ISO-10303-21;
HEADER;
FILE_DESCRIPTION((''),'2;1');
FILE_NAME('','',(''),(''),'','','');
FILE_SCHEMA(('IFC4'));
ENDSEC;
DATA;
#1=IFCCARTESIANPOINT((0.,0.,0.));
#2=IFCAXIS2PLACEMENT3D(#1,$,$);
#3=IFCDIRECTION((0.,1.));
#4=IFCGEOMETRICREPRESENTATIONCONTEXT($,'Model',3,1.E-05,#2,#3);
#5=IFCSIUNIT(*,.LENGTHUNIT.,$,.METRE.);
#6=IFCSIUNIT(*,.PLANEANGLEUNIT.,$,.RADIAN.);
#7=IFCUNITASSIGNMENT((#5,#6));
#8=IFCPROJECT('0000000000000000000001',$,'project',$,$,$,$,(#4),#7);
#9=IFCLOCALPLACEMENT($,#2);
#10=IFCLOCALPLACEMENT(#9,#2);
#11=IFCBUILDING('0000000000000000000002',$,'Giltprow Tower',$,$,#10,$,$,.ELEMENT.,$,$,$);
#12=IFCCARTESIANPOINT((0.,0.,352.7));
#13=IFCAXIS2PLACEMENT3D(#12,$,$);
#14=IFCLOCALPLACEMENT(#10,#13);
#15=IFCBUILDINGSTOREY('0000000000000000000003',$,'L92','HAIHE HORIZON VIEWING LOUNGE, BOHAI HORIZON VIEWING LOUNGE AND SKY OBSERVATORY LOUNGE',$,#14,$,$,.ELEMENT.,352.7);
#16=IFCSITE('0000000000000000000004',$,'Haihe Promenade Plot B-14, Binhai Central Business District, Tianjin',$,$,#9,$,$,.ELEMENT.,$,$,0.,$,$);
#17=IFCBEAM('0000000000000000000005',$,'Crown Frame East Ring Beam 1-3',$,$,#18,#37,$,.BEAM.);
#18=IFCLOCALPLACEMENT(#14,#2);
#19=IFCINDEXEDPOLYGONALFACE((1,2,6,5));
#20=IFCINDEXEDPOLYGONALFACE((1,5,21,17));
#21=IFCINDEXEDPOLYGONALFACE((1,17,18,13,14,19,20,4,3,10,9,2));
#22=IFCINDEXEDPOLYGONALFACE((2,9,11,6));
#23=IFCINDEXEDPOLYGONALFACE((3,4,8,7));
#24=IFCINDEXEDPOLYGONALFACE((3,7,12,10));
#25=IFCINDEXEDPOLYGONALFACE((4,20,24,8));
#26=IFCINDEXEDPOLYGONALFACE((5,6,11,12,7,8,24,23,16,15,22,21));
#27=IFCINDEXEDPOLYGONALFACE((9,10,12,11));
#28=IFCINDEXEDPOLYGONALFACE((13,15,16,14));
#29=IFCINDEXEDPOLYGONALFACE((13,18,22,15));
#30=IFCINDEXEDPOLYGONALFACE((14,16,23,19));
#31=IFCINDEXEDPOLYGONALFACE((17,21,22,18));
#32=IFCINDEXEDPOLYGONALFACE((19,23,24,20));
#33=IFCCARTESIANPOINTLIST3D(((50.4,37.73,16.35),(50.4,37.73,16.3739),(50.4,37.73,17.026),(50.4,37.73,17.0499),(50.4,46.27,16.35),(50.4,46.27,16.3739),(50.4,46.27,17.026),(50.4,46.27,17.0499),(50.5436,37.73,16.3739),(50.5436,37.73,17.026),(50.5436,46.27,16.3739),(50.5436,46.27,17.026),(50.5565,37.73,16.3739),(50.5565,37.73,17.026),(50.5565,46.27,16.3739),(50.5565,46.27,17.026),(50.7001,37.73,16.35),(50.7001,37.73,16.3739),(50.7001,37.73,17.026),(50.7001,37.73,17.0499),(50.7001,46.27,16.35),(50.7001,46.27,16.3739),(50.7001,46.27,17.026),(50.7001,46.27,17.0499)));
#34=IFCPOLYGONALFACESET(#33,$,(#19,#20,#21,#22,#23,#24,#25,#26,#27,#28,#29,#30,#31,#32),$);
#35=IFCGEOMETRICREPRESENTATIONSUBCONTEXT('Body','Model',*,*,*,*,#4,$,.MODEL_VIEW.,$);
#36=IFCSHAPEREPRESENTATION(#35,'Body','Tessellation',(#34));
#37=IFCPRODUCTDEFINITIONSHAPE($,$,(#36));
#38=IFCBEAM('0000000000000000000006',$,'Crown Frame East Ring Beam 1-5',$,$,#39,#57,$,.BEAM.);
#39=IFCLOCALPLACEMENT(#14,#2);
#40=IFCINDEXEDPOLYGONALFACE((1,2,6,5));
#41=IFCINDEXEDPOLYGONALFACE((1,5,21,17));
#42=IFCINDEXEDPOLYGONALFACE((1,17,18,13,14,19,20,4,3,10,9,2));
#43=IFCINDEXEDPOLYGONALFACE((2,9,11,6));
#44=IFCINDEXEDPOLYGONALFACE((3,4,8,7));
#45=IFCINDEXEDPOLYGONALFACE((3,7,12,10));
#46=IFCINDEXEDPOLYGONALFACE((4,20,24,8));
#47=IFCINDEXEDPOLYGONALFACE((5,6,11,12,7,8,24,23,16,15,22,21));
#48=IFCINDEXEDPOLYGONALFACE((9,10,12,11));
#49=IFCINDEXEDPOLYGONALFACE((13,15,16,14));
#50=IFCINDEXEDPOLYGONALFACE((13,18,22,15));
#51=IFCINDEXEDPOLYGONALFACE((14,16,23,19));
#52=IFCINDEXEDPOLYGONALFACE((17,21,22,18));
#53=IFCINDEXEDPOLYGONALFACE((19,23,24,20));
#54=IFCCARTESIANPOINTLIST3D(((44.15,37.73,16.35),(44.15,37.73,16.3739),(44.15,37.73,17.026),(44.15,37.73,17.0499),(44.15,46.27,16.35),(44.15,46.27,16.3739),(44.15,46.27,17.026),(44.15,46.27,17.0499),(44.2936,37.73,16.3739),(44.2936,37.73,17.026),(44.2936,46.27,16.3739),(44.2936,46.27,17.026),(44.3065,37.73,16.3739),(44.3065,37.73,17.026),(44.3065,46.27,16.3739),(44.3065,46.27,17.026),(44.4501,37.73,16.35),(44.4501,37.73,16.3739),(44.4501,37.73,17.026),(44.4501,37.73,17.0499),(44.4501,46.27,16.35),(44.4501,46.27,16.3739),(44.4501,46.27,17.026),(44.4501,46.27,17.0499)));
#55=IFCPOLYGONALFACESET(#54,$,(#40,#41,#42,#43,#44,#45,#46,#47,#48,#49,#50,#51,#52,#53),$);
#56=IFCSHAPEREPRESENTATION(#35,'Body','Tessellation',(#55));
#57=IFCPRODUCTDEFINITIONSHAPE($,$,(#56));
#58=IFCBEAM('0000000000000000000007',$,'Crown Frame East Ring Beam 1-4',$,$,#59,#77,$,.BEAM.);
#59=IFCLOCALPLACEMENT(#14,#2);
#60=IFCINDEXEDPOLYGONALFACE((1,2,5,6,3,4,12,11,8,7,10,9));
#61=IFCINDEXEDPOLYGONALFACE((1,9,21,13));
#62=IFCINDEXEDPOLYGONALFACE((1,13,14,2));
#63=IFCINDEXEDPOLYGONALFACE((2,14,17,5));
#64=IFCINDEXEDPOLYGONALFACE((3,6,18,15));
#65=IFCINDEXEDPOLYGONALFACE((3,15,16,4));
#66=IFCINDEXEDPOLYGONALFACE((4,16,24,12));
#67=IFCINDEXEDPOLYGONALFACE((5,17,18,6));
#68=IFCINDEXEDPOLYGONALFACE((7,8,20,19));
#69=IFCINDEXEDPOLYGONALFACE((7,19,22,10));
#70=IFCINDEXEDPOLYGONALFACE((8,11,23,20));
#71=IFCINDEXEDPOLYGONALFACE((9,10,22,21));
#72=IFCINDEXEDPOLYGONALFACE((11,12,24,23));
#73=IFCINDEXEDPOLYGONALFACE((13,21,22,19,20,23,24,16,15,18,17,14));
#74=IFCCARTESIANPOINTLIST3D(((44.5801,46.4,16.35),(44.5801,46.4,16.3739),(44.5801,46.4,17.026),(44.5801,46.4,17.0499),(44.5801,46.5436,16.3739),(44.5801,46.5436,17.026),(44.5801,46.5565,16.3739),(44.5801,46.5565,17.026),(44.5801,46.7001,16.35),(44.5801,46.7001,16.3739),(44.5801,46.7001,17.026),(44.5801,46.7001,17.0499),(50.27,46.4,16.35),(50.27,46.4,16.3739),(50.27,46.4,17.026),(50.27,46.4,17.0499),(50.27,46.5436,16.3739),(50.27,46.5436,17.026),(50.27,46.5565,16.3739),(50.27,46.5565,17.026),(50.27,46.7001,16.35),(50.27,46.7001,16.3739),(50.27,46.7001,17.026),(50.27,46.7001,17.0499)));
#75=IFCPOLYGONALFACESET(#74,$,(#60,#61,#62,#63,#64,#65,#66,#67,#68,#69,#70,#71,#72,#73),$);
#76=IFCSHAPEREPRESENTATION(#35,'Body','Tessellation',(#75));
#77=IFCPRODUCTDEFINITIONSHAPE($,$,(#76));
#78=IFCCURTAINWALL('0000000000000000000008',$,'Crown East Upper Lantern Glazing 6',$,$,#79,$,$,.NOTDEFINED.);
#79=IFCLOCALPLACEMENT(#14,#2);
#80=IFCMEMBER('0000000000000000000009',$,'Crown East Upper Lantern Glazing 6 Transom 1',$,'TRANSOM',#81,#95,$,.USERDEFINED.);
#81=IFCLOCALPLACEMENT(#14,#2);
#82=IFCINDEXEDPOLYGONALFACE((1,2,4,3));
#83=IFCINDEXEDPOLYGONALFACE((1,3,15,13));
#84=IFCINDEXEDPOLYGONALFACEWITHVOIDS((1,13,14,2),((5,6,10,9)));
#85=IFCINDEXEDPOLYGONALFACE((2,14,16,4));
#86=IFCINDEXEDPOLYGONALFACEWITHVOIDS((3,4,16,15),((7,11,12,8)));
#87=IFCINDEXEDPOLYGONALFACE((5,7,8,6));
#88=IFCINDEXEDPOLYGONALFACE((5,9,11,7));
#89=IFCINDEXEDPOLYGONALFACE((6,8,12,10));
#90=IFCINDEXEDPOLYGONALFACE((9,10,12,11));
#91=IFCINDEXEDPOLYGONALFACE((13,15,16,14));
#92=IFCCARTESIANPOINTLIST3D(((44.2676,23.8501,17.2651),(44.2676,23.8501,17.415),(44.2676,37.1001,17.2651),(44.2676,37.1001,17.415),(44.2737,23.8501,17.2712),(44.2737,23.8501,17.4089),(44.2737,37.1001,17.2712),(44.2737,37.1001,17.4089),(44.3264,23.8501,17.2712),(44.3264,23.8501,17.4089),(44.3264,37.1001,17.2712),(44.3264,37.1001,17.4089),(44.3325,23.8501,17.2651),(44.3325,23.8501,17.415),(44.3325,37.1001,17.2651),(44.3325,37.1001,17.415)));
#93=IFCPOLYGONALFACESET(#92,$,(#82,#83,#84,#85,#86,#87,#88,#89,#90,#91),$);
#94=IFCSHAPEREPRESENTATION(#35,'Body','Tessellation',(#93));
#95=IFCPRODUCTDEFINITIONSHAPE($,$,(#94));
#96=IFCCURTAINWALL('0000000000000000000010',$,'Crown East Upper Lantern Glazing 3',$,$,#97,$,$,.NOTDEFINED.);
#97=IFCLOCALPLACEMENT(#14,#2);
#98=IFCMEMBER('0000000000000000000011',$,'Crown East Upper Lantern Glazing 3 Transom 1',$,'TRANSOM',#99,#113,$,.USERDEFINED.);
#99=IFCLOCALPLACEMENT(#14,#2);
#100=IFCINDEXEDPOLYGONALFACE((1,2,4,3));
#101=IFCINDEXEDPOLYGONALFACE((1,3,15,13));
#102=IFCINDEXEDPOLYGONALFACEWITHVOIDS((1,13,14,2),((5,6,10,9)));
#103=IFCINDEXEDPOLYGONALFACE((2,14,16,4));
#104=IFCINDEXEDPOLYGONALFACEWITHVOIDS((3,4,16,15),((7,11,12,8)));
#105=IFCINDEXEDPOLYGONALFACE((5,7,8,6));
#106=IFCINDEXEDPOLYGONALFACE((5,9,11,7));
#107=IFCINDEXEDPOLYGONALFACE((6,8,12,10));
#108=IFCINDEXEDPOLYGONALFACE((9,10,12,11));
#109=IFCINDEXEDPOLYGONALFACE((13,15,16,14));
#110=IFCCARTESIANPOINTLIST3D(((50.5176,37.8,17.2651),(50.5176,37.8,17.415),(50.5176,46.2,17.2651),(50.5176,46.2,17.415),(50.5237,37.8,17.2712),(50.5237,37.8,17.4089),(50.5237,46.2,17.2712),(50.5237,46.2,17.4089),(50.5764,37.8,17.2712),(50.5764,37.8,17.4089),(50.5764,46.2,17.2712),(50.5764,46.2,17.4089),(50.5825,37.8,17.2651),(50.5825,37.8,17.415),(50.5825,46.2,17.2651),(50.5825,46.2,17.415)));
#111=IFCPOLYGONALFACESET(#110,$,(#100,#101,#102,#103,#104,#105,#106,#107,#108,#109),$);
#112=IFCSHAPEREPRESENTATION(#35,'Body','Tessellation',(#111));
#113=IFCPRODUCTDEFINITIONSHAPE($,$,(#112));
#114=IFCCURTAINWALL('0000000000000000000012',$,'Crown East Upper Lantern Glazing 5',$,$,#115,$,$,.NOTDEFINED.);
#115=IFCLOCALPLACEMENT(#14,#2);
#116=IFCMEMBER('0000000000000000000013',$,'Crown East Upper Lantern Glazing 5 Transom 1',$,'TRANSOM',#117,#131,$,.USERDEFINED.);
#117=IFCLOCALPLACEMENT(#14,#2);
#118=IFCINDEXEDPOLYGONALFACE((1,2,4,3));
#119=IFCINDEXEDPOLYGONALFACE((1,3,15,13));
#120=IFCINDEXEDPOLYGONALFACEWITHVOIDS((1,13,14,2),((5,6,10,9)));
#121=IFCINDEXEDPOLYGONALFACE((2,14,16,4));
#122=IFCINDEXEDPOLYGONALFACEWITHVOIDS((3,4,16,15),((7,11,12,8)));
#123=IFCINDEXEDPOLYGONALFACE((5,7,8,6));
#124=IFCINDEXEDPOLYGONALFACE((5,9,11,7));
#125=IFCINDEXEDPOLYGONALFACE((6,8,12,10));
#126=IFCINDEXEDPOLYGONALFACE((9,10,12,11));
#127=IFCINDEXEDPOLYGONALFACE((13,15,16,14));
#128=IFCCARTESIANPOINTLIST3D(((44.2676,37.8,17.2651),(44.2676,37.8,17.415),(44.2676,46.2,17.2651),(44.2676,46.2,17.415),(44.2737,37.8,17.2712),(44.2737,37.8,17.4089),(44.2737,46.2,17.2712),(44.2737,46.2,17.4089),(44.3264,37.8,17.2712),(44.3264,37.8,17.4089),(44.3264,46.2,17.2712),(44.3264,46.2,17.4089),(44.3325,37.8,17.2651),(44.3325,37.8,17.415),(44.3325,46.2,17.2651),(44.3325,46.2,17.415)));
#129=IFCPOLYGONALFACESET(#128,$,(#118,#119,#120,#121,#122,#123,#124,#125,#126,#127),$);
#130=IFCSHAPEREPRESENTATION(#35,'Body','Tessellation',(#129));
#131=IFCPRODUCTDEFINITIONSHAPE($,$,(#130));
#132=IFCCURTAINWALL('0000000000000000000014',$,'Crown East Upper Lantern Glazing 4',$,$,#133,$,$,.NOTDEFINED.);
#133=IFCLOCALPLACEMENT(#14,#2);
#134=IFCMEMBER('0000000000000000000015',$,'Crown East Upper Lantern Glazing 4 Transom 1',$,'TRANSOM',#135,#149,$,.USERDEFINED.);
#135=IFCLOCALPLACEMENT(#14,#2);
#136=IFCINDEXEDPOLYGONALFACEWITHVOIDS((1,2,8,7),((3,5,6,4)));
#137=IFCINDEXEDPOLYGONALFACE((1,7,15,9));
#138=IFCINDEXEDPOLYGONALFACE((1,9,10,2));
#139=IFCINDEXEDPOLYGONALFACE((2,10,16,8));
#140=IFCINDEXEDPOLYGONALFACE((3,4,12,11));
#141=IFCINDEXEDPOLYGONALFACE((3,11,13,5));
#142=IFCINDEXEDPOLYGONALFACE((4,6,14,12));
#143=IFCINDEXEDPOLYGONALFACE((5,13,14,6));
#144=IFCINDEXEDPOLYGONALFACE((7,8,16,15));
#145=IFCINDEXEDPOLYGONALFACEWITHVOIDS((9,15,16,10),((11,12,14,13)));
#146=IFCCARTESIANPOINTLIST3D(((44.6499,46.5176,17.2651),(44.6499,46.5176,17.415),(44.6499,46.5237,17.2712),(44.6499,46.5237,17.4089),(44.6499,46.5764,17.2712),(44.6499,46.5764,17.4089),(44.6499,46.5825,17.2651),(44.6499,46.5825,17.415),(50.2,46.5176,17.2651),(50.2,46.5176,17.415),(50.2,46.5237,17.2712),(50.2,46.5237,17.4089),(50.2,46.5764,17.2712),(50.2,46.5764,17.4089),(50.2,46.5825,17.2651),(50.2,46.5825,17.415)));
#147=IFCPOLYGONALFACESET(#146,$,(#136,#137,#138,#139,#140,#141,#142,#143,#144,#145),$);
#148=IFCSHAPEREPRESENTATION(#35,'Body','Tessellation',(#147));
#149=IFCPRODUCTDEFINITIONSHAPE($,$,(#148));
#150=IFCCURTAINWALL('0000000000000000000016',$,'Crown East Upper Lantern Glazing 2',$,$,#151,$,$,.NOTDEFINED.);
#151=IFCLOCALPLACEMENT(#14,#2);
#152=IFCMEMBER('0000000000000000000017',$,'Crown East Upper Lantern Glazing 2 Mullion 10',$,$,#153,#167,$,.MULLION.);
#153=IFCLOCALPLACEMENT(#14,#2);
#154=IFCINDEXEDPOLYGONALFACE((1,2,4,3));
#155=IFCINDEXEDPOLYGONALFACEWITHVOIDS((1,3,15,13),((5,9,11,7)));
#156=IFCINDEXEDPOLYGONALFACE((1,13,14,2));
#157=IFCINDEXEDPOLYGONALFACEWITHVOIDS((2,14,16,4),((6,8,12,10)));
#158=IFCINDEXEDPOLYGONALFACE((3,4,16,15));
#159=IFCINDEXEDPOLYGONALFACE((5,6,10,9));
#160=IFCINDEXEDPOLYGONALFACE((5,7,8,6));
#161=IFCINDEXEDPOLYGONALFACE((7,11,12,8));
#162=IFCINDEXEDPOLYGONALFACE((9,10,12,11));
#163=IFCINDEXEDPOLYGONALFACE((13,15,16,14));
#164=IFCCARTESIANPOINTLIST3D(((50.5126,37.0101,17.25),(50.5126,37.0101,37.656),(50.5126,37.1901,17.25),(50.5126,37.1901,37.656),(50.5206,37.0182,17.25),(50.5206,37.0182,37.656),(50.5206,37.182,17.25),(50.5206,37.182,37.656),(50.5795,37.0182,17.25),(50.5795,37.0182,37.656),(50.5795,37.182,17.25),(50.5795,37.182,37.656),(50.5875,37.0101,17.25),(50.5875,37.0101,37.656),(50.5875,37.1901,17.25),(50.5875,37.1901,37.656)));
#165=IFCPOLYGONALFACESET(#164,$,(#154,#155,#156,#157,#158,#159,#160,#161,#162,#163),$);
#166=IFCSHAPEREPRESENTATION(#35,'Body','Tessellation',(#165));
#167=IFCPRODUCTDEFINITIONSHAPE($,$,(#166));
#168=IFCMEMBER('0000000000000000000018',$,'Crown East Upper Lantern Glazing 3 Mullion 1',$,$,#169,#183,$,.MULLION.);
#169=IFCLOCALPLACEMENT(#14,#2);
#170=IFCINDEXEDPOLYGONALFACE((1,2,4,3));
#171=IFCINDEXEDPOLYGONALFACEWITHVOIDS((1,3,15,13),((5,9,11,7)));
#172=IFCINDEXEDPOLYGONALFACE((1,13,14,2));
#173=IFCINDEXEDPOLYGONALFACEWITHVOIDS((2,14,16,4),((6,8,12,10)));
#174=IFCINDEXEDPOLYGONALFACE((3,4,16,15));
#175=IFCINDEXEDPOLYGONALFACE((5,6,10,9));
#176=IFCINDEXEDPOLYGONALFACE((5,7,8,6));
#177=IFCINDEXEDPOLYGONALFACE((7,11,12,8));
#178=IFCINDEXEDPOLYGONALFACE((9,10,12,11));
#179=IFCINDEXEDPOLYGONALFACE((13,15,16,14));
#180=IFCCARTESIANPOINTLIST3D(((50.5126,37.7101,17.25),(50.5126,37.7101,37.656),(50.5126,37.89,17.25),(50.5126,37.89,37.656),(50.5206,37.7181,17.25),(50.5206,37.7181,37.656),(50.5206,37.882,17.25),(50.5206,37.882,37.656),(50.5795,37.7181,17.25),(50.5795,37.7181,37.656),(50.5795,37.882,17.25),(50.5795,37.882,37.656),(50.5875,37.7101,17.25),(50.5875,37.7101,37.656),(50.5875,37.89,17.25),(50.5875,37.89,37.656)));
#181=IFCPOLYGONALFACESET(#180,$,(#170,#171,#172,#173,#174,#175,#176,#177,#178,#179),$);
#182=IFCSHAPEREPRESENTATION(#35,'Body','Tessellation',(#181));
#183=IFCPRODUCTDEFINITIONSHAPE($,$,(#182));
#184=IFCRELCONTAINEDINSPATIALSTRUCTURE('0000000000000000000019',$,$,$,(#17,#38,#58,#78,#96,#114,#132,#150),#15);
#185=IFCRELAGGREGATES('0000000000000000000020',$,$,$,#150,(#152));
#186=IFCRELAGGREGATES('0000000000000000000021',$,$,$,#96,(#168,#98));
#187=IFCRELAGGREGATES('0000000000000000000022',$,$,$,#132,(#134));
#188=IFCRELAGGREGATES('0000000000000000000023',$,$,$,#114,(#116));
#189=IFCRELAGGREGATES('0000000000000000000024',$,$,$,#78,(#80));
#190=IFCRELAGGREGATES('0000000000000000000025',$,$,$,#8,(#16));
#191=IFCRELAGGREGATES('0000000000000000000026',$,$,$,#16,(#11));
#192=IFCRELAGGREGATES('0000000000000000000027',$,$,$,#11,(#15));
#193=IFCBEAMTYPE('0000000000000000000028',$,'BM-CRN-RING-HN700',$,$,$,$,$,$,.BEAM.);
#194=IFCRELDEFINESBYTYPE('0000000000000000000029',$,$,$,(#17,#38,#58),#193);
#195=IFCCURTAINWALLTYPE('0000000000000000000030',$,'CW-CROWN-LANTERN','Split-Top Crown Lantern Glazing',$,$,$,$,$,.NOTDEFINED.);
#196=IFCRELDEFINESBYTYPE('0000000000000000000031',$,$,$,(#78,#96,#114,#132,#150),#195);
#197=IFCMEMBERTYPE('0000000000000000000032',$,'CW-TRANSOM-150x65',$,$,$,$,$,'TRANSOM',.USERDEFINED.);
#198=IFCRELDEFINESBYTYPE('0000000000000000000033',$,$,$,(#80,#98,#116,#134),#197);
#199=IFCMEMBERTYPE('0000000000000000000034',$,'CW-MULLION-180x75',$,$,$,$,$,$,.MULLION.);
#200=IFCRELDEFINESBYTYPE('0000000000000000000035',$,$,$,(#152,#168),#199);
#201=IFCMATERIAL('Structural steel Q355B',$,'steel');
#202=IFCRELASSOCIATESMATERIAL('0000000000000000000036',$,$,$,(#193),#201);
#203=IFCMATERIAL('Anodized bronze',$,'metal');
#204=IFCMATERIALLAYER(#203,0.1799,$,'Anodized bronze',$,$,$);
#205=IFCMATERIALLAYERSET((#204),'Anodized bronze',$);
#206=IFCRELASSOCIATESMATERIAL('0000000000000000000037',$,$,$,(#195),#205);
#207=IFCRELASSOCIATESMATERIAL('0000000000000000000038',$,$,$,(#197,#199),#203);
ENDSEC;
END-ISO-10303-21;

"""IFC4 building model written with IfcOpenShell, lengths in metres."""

from ifc_helpers import new_model, si_unit, direction, frame, origin, origin_2d, place, context, subcontext, project, spatial, hollow_rectangle, i_section, extrude, source, transform, mapped, material, layer, layer_set, material_profile, profile_set, type_object, element, aggregate, save


model = new_model("IFC4")

# Units and contexts
model_context = context("Model", 3, precision=1e-05, world=origin(), true_north=direction((0.0, 1.0)))
body_context = subcontext(model_context, "Body", "Model", "MODEL_VIEW")
ifc_project = project(units=[si_unit("LENGTHUNIT", "METRE"), si_unit("PLANEANGLEUNIT", "RADIAN")], contexts=[model_context])

# Site, building, storey
site_placement = place(None, origin())
site = spatial("IfcSite", under=ifc_project, at=site_placement, Name="Haihe Promenade Plot B-14, Binhai Central Business District, Tianjin", CompositionType="ELEMENT", RefElevation=0.0)
building_placement = place(site_placement, origin())
building = spatial("IfcBuilding", under=site, at=building_placement, Name="Giltprow Tower", CompositionType="ELEMENT")
storey_placement = place(building_placement, frame((0.0, 0.0, 352.7)))
storey = spatial("IfcBuildingStorey", under=building, at=storey_placement, Name="L92", Description="HAIHE HORIZON VIEWING LOUNGE, BOHAI HORIZON VIEWING LOUNGE AND SKY OBSERVATORY LOUNGE", CompositionType="ELEMENT", Elevation=352.7)

# Beams
ifc_material_1 = material(Name="Structural steel Q355B", Category="steel")
ifc_material_profile_1 = material_profile(ifc_material_1, i_section(OverallWidth=0.3, OverallDepth=0.7, WebThickness=0.0129, FlangeThickness=0.0239, at=origin_2d()), Name="HN 700x300x13x24")
ifc_profile_set_1 = profile_set([ifc_material_profile_1], Name="Structural steel Q355B")
beam_type = type_object("IfcBeamType", Name="BM-CRN-RING-HN700", PredefinedType="BEAM", material=ifc_profile_set_1)
shared_shape_1 = source(origin(), body_context, "Body", "SweptSolid", [
    extrude(i_section(OverallWidth=0.3, OverallDepth=0.7, WebThickness=0.0129, FlangeThickness=0.0239, at=origin_2d()), origin(), (0.0, 0.0, 1.0), 8.54),
])
for number, where, z_axis, x_axis, name in (
    (1, (50.55, 37.73, 16.7), (0.0, 1.0, 0.0), (-1.0, 0.0, 0.0), "Crown Frame East Ring Beam 1-3"),
    (2, (44.3, 46.27, 16.7), (0.0, -1.0, 0.0), (1.0, 0.0, 0.0), "Crown Frame East Ring Beam 1-5"),
):
    element("IfcBeam", number, at=place(storey_placement, frame(where, z_axis=z_axis, x_axis=x_axis)), inside=storey, type_object=beam_type, Name=name, PredefinedType="BEAM", context=body_context, shape_type="MappedRepresentation", body=[
        mapped(shared_shape_1, transform((0.0, 0.0, 0.0), x_axis=(1.0, 0.0, 0.0), y_axis=(0.0, 1.0, 0.0), z_axis=(0.0, 0.0, 1.0), scale=1.0)),
    ])
shared_shape_2 = source(origin(), body_context, "Body", "SweptSolid", [
    extrude(i_section(OverallWidth=0.3, OverallDepth=0.7, WebThickness=0.0129, FlangeThickness=0.0239, at=origin_2d()), origin(), (0.0, 0.0, 1.0), 5.6899),
])
beam_placement = place(storey_placement, frame((50.27, 46.55, 16.7), z_axis=(-1.0, 0.0, 0.0), x_axis=(0.0, -1.0, 0.0)))
element("IfcBeam", 3, at=beam_placement, inside=storey, type_object=beam_type, Name="Crown Frame East Ring Beam 1-4", PredefinedType="BEAM", context=body_context, shape_type="MappedRepresentation", body=[
    mapped(shared_shape_2, transform((0.0, 0.0, 0.0), x_axis=(1.0, 0.0, 0.0), y_axis=(0.0, 1.0, 0.0), z_axis=(0.0, 0.0, 1.0), scale=1.0)),
])

# Curtain walls, members
ifc_material_2 = material(Name="Anodized bronze", Category="metal")
ifc_layer = layer(ifc_material_2, 0.1799, Name="Anodized bronze")
ifc_layer_set = layer_set([ifc_layer], Name="Anodized bronze")
curtain_wall_type = type_object("IfcCurtainWallType", Name="CW-CROWN-LANTERN", Description="Split-Top Crown Lantern Glazing", PredefinedType="NOTDEFINED", material=ifc_layer_set)
curtain_wall_1_placement = place(storey_placement, origin())
curtain_wall_1 = element("IfcCurtainWall", 4, at=curtain_wall_1_placement, inside=storey, type_object=curtain_wall_type, Name="Crown East Upper Lantern Glazing 6", PredefinedType="NOTDEFINED")
ifc_material_profile_2 = material_profile(ifc_material_2, hollow_rectangle(XDim=0.0649, YDim=0.1499, WallThickness=0.0061, at=origin_2d()), Name="RHS 150x65x6")
ifc_profile_set_2 = profile_set([ifc_material_profile_2], Name="Anodized bronze")
member_type_1 = type_object("IfcMemberType", Name="CW-TRANSOM-150x65", ElementType="TRANSOM", PredefinedType="USERDEFINED", material=ifc_profile_set_2)
shared_shape_3 = source(origin(), body_context, "Body", "SweptSolid", [
    extrude(hollow_rectangle(XDim=0.0649, YDim=0.1499, WallThickness=0.0061, at=origin_2d()), origin(), (0.0, 0.0, 1.0), 13.25),
])
member_1_placement = place(storey_placement, frame((44.3, 37.1001, 17.3401), z_axis=(0.0, -1.0, 0.0), x_axis=(1.0, 0.0, 0.0)))
member_1 = element("IfcMember", 5, at=member_1_placement, type_object=member_type_1, Name="Crown East Upper Lantern Glazing 6 Transom 1", ObjectType="TRANSOM", PredefinedType="USERDEFINED", context=body_context, shape_type="MappedRepresentation", body=[
    mapped(shared_shape_3, transform((0.0, 0.0, 0.0), x_axis=(1.0, 0.0, 0.0), y_axis=(0.0, 1.0, 0.0), z_axis=(0.0, 0.0, 1.0), scale=1.0)),
])
curtain_wall_2_placement = place(storey_placement, origin())
curtain_wall_2 = element("IfcCurtainWall", 6, at=curtain_wall_2_placement, inside=storey, type_object=curtain_wall_type, Name="Crown East Upper Lantern Glazing 3", PredefinedType="NOTDEFINED")
shared_shape_4 = source(origin(), body_context, "Body", "SweptSolid", [
    extrude(hollow_rectangle(XDim=0.0649, YDim=0.1499, WallThickness=0.0061, at=origin_2d()), origin(), (0.0, 0.0, 1.0), 8.3999),
])
member_2_placement = place(storey_placement, frame((50.55, 37.8, 17.3401), z_axis=(0.0, 1.0, 0.0), x_axis=(-1.0, 0.0, 0.0)))
member_2 = element("IfcMember", 7, at=member_2_placement, type_object=member_type_1, Name="Crown East Upper Lantern Glazing 3 Transom 1", ObjectType="TRANSOM", PredefinedType="USERDEFINED", context=body_context, shape_type="MappedRepresentation", body=[
    mapped(shared_shape_4, transform((0.0, 0.0, 0.0), x_axis=(1.0, 0.0, 0.0), y_axis=(0.0, 1.0, 0.0), z_axis=(0.0, 0.0, 1.0), scale=1.0)),
])
curtain_wall_3_placement = place(storey_placement, origin())
curtain_wall_3 = element("IfcCurtainWall", 8, at=curtain_wall_3_placement, inside=storey, type_object=curtain_wall_type, Name="Crown East Upper Lantern Glazing 5", PredefinedType="NOTDEFINED")
member_3_placement = place(storey_placement, frame((44.3, 46.2, 17.3401), z_axis=(0.0, -1.0, 0.0), x_axis=(1.0, 0.0, 0.0)))
member_3 = element("IfcMember", 9, at=member_3_placement, type_object=member_type_1, Name="Crown East Upper Lantern Glazing 5 Transom 1", ObjectType="TRANSOM", PredefinedType="USERDEFINED", context=body_context, shape_type="MappedRepresentation", body=[
    mapped(shared_shape_4, transform((0.0, 0.0, 0.0), x_axis=(1.0, 0.0, 0.0), y_axis=(0.0, 1.0, 0.0), z_axis=(0.0, 0.0, 1.0), scale=1.0)),
])
curtain_wall_4_placement = place(storey_placement, origin())
curtain_wall_4 = element("IfcCurtainWall", 10, at=curtain_wall_4_placement, inside=storey, type_object=curtain_wall_type, Name="Crown East Upper Lantern Glazing 4", PredefinedType="NOTDEFINED")
shared_shape_5 = source(origin(), body_context, "Body", "SweptSolid", [
    extrude(hollow_rectangle(XDim=0.0649, YDim=0.1499, WallThickness=0.0061, at=origin_2d()), origin(), (0.0, 0.0, 1.0), 5.55),
])
member_4_placement = place(storey_placement, frame((50.2, 46.55, 17.3401), z_axis=(-1.0, 0.0, 0.0), x_axis=(0.0, -1.0, 0.0)))
member_4 = element("IfcMember", 11, at=member_4_placement, type_object=member_type_1, Name="Crown East Upper Lantern Glazing 4 Transom 1", ObjectType="TRANSOM", PredefinedType="USERDEFINED", context=body_context, shape_type="MappedRepresentation", body=[
    mapped(shared_shape_5, transform((0.0, 0.0, 0.0), x_axis=(1.0, 0.0, 0.0), y_axis=(0.0, 1.0, 0.0), z_axis=(0.0, 0.0, 1.0), scale=1.0)),
])
curtain_wall_5_placement = place(storey_placement, origin())
curtain_wall_5 = element("IfcCurtainWall", 12, at=curtain_wall_5_placement, inside=storey, type_object=curtain_wall_type, Name="Crown East Upper Lantern Glazing 2", PredefinedType="NOTDEFINED")
ifc_material_profile_3 = material_profile(ifc_material_2, hollow_rectangle(XDim=0.075, YDim=0.1799, WallThickness=0.0081, at=origin_2d()), Name="RHS 180x75x8")
ifc_profile_set_3 = profile_set([ifc_material_profile_3], Name="Anodized bronze")
member_type_2 = type_object("IfcMemberType", Name="CW-MULLION-180x75", PredefinedType="MULLION", material=ifc_profile_set_3)
shared_shape_6 = source(origin(), body_context, "Body", "SweptSolid", [
    extrude(hollow_rectangle(XDim=0.075, YDim=0.1799, WallThickness=0.0081, at=origin_2d()), origin(), (0.0, 0.0, 1.0), 20.406),
])
member_5_placement = place(storey_placement, frame((50.55, 37.1001, 17.25), z_axis=(0.0, 0.0, 1.0), x_axis=(1.0, 0.0, 0.0)))
member_5 = element("IfcMember", 13, at=member_5_placement, type_object=member_type_2, Name="Crown East Upper Lantern Glazing 2 Mullion 10", PredefinedType="MULLION", context=body_context, shape_type="MappedRepresentation", body=[
    mapped(shared_shape_6, transform((0.0, 0.0, 0.0), x_axis=(1.0, 0.0, 0.0), y_axis=(0.0, 1.0, 0.0), z_axis=(0.0, 0.0, 1.0), scale=1.0)),
])
aggregate(curtain_wall_5, [member_5])

# Member
member_6_placement = place(storey_placement, frame((50.55, 37.8, 17.25), z_axis=(0.0, 0.0, 1.0), x_axis=(1.0, 0.0, 0.0)))
member_6 = element("IfcMember", 14, at=member_6_placement, type_object=member_type_2, Name="Crown East Upper Lantern Glazing 3 Mullion 1", PredefinedType="MULLION", context=body_context, shape_type="MappedRepresentation", body=[
    mapped(shared_shape_6, transform((0.0, 0.0, 0.0), x_axis=(1.0, 0.0, 0.0), y_axis=(0.0, 1.0, 0.0), z_axis=(0.0, 0.0, 1.0), scale=1.0)),
])
aggregate(curtain_wall_2, [member_6, member_2])
aggregate(curtain_wall_4, [member_4])
aggregate(curtain_wall_3, [member_3])
aggregate(curtain_wall_1, [member_1])

save(model, "model.ifc")
